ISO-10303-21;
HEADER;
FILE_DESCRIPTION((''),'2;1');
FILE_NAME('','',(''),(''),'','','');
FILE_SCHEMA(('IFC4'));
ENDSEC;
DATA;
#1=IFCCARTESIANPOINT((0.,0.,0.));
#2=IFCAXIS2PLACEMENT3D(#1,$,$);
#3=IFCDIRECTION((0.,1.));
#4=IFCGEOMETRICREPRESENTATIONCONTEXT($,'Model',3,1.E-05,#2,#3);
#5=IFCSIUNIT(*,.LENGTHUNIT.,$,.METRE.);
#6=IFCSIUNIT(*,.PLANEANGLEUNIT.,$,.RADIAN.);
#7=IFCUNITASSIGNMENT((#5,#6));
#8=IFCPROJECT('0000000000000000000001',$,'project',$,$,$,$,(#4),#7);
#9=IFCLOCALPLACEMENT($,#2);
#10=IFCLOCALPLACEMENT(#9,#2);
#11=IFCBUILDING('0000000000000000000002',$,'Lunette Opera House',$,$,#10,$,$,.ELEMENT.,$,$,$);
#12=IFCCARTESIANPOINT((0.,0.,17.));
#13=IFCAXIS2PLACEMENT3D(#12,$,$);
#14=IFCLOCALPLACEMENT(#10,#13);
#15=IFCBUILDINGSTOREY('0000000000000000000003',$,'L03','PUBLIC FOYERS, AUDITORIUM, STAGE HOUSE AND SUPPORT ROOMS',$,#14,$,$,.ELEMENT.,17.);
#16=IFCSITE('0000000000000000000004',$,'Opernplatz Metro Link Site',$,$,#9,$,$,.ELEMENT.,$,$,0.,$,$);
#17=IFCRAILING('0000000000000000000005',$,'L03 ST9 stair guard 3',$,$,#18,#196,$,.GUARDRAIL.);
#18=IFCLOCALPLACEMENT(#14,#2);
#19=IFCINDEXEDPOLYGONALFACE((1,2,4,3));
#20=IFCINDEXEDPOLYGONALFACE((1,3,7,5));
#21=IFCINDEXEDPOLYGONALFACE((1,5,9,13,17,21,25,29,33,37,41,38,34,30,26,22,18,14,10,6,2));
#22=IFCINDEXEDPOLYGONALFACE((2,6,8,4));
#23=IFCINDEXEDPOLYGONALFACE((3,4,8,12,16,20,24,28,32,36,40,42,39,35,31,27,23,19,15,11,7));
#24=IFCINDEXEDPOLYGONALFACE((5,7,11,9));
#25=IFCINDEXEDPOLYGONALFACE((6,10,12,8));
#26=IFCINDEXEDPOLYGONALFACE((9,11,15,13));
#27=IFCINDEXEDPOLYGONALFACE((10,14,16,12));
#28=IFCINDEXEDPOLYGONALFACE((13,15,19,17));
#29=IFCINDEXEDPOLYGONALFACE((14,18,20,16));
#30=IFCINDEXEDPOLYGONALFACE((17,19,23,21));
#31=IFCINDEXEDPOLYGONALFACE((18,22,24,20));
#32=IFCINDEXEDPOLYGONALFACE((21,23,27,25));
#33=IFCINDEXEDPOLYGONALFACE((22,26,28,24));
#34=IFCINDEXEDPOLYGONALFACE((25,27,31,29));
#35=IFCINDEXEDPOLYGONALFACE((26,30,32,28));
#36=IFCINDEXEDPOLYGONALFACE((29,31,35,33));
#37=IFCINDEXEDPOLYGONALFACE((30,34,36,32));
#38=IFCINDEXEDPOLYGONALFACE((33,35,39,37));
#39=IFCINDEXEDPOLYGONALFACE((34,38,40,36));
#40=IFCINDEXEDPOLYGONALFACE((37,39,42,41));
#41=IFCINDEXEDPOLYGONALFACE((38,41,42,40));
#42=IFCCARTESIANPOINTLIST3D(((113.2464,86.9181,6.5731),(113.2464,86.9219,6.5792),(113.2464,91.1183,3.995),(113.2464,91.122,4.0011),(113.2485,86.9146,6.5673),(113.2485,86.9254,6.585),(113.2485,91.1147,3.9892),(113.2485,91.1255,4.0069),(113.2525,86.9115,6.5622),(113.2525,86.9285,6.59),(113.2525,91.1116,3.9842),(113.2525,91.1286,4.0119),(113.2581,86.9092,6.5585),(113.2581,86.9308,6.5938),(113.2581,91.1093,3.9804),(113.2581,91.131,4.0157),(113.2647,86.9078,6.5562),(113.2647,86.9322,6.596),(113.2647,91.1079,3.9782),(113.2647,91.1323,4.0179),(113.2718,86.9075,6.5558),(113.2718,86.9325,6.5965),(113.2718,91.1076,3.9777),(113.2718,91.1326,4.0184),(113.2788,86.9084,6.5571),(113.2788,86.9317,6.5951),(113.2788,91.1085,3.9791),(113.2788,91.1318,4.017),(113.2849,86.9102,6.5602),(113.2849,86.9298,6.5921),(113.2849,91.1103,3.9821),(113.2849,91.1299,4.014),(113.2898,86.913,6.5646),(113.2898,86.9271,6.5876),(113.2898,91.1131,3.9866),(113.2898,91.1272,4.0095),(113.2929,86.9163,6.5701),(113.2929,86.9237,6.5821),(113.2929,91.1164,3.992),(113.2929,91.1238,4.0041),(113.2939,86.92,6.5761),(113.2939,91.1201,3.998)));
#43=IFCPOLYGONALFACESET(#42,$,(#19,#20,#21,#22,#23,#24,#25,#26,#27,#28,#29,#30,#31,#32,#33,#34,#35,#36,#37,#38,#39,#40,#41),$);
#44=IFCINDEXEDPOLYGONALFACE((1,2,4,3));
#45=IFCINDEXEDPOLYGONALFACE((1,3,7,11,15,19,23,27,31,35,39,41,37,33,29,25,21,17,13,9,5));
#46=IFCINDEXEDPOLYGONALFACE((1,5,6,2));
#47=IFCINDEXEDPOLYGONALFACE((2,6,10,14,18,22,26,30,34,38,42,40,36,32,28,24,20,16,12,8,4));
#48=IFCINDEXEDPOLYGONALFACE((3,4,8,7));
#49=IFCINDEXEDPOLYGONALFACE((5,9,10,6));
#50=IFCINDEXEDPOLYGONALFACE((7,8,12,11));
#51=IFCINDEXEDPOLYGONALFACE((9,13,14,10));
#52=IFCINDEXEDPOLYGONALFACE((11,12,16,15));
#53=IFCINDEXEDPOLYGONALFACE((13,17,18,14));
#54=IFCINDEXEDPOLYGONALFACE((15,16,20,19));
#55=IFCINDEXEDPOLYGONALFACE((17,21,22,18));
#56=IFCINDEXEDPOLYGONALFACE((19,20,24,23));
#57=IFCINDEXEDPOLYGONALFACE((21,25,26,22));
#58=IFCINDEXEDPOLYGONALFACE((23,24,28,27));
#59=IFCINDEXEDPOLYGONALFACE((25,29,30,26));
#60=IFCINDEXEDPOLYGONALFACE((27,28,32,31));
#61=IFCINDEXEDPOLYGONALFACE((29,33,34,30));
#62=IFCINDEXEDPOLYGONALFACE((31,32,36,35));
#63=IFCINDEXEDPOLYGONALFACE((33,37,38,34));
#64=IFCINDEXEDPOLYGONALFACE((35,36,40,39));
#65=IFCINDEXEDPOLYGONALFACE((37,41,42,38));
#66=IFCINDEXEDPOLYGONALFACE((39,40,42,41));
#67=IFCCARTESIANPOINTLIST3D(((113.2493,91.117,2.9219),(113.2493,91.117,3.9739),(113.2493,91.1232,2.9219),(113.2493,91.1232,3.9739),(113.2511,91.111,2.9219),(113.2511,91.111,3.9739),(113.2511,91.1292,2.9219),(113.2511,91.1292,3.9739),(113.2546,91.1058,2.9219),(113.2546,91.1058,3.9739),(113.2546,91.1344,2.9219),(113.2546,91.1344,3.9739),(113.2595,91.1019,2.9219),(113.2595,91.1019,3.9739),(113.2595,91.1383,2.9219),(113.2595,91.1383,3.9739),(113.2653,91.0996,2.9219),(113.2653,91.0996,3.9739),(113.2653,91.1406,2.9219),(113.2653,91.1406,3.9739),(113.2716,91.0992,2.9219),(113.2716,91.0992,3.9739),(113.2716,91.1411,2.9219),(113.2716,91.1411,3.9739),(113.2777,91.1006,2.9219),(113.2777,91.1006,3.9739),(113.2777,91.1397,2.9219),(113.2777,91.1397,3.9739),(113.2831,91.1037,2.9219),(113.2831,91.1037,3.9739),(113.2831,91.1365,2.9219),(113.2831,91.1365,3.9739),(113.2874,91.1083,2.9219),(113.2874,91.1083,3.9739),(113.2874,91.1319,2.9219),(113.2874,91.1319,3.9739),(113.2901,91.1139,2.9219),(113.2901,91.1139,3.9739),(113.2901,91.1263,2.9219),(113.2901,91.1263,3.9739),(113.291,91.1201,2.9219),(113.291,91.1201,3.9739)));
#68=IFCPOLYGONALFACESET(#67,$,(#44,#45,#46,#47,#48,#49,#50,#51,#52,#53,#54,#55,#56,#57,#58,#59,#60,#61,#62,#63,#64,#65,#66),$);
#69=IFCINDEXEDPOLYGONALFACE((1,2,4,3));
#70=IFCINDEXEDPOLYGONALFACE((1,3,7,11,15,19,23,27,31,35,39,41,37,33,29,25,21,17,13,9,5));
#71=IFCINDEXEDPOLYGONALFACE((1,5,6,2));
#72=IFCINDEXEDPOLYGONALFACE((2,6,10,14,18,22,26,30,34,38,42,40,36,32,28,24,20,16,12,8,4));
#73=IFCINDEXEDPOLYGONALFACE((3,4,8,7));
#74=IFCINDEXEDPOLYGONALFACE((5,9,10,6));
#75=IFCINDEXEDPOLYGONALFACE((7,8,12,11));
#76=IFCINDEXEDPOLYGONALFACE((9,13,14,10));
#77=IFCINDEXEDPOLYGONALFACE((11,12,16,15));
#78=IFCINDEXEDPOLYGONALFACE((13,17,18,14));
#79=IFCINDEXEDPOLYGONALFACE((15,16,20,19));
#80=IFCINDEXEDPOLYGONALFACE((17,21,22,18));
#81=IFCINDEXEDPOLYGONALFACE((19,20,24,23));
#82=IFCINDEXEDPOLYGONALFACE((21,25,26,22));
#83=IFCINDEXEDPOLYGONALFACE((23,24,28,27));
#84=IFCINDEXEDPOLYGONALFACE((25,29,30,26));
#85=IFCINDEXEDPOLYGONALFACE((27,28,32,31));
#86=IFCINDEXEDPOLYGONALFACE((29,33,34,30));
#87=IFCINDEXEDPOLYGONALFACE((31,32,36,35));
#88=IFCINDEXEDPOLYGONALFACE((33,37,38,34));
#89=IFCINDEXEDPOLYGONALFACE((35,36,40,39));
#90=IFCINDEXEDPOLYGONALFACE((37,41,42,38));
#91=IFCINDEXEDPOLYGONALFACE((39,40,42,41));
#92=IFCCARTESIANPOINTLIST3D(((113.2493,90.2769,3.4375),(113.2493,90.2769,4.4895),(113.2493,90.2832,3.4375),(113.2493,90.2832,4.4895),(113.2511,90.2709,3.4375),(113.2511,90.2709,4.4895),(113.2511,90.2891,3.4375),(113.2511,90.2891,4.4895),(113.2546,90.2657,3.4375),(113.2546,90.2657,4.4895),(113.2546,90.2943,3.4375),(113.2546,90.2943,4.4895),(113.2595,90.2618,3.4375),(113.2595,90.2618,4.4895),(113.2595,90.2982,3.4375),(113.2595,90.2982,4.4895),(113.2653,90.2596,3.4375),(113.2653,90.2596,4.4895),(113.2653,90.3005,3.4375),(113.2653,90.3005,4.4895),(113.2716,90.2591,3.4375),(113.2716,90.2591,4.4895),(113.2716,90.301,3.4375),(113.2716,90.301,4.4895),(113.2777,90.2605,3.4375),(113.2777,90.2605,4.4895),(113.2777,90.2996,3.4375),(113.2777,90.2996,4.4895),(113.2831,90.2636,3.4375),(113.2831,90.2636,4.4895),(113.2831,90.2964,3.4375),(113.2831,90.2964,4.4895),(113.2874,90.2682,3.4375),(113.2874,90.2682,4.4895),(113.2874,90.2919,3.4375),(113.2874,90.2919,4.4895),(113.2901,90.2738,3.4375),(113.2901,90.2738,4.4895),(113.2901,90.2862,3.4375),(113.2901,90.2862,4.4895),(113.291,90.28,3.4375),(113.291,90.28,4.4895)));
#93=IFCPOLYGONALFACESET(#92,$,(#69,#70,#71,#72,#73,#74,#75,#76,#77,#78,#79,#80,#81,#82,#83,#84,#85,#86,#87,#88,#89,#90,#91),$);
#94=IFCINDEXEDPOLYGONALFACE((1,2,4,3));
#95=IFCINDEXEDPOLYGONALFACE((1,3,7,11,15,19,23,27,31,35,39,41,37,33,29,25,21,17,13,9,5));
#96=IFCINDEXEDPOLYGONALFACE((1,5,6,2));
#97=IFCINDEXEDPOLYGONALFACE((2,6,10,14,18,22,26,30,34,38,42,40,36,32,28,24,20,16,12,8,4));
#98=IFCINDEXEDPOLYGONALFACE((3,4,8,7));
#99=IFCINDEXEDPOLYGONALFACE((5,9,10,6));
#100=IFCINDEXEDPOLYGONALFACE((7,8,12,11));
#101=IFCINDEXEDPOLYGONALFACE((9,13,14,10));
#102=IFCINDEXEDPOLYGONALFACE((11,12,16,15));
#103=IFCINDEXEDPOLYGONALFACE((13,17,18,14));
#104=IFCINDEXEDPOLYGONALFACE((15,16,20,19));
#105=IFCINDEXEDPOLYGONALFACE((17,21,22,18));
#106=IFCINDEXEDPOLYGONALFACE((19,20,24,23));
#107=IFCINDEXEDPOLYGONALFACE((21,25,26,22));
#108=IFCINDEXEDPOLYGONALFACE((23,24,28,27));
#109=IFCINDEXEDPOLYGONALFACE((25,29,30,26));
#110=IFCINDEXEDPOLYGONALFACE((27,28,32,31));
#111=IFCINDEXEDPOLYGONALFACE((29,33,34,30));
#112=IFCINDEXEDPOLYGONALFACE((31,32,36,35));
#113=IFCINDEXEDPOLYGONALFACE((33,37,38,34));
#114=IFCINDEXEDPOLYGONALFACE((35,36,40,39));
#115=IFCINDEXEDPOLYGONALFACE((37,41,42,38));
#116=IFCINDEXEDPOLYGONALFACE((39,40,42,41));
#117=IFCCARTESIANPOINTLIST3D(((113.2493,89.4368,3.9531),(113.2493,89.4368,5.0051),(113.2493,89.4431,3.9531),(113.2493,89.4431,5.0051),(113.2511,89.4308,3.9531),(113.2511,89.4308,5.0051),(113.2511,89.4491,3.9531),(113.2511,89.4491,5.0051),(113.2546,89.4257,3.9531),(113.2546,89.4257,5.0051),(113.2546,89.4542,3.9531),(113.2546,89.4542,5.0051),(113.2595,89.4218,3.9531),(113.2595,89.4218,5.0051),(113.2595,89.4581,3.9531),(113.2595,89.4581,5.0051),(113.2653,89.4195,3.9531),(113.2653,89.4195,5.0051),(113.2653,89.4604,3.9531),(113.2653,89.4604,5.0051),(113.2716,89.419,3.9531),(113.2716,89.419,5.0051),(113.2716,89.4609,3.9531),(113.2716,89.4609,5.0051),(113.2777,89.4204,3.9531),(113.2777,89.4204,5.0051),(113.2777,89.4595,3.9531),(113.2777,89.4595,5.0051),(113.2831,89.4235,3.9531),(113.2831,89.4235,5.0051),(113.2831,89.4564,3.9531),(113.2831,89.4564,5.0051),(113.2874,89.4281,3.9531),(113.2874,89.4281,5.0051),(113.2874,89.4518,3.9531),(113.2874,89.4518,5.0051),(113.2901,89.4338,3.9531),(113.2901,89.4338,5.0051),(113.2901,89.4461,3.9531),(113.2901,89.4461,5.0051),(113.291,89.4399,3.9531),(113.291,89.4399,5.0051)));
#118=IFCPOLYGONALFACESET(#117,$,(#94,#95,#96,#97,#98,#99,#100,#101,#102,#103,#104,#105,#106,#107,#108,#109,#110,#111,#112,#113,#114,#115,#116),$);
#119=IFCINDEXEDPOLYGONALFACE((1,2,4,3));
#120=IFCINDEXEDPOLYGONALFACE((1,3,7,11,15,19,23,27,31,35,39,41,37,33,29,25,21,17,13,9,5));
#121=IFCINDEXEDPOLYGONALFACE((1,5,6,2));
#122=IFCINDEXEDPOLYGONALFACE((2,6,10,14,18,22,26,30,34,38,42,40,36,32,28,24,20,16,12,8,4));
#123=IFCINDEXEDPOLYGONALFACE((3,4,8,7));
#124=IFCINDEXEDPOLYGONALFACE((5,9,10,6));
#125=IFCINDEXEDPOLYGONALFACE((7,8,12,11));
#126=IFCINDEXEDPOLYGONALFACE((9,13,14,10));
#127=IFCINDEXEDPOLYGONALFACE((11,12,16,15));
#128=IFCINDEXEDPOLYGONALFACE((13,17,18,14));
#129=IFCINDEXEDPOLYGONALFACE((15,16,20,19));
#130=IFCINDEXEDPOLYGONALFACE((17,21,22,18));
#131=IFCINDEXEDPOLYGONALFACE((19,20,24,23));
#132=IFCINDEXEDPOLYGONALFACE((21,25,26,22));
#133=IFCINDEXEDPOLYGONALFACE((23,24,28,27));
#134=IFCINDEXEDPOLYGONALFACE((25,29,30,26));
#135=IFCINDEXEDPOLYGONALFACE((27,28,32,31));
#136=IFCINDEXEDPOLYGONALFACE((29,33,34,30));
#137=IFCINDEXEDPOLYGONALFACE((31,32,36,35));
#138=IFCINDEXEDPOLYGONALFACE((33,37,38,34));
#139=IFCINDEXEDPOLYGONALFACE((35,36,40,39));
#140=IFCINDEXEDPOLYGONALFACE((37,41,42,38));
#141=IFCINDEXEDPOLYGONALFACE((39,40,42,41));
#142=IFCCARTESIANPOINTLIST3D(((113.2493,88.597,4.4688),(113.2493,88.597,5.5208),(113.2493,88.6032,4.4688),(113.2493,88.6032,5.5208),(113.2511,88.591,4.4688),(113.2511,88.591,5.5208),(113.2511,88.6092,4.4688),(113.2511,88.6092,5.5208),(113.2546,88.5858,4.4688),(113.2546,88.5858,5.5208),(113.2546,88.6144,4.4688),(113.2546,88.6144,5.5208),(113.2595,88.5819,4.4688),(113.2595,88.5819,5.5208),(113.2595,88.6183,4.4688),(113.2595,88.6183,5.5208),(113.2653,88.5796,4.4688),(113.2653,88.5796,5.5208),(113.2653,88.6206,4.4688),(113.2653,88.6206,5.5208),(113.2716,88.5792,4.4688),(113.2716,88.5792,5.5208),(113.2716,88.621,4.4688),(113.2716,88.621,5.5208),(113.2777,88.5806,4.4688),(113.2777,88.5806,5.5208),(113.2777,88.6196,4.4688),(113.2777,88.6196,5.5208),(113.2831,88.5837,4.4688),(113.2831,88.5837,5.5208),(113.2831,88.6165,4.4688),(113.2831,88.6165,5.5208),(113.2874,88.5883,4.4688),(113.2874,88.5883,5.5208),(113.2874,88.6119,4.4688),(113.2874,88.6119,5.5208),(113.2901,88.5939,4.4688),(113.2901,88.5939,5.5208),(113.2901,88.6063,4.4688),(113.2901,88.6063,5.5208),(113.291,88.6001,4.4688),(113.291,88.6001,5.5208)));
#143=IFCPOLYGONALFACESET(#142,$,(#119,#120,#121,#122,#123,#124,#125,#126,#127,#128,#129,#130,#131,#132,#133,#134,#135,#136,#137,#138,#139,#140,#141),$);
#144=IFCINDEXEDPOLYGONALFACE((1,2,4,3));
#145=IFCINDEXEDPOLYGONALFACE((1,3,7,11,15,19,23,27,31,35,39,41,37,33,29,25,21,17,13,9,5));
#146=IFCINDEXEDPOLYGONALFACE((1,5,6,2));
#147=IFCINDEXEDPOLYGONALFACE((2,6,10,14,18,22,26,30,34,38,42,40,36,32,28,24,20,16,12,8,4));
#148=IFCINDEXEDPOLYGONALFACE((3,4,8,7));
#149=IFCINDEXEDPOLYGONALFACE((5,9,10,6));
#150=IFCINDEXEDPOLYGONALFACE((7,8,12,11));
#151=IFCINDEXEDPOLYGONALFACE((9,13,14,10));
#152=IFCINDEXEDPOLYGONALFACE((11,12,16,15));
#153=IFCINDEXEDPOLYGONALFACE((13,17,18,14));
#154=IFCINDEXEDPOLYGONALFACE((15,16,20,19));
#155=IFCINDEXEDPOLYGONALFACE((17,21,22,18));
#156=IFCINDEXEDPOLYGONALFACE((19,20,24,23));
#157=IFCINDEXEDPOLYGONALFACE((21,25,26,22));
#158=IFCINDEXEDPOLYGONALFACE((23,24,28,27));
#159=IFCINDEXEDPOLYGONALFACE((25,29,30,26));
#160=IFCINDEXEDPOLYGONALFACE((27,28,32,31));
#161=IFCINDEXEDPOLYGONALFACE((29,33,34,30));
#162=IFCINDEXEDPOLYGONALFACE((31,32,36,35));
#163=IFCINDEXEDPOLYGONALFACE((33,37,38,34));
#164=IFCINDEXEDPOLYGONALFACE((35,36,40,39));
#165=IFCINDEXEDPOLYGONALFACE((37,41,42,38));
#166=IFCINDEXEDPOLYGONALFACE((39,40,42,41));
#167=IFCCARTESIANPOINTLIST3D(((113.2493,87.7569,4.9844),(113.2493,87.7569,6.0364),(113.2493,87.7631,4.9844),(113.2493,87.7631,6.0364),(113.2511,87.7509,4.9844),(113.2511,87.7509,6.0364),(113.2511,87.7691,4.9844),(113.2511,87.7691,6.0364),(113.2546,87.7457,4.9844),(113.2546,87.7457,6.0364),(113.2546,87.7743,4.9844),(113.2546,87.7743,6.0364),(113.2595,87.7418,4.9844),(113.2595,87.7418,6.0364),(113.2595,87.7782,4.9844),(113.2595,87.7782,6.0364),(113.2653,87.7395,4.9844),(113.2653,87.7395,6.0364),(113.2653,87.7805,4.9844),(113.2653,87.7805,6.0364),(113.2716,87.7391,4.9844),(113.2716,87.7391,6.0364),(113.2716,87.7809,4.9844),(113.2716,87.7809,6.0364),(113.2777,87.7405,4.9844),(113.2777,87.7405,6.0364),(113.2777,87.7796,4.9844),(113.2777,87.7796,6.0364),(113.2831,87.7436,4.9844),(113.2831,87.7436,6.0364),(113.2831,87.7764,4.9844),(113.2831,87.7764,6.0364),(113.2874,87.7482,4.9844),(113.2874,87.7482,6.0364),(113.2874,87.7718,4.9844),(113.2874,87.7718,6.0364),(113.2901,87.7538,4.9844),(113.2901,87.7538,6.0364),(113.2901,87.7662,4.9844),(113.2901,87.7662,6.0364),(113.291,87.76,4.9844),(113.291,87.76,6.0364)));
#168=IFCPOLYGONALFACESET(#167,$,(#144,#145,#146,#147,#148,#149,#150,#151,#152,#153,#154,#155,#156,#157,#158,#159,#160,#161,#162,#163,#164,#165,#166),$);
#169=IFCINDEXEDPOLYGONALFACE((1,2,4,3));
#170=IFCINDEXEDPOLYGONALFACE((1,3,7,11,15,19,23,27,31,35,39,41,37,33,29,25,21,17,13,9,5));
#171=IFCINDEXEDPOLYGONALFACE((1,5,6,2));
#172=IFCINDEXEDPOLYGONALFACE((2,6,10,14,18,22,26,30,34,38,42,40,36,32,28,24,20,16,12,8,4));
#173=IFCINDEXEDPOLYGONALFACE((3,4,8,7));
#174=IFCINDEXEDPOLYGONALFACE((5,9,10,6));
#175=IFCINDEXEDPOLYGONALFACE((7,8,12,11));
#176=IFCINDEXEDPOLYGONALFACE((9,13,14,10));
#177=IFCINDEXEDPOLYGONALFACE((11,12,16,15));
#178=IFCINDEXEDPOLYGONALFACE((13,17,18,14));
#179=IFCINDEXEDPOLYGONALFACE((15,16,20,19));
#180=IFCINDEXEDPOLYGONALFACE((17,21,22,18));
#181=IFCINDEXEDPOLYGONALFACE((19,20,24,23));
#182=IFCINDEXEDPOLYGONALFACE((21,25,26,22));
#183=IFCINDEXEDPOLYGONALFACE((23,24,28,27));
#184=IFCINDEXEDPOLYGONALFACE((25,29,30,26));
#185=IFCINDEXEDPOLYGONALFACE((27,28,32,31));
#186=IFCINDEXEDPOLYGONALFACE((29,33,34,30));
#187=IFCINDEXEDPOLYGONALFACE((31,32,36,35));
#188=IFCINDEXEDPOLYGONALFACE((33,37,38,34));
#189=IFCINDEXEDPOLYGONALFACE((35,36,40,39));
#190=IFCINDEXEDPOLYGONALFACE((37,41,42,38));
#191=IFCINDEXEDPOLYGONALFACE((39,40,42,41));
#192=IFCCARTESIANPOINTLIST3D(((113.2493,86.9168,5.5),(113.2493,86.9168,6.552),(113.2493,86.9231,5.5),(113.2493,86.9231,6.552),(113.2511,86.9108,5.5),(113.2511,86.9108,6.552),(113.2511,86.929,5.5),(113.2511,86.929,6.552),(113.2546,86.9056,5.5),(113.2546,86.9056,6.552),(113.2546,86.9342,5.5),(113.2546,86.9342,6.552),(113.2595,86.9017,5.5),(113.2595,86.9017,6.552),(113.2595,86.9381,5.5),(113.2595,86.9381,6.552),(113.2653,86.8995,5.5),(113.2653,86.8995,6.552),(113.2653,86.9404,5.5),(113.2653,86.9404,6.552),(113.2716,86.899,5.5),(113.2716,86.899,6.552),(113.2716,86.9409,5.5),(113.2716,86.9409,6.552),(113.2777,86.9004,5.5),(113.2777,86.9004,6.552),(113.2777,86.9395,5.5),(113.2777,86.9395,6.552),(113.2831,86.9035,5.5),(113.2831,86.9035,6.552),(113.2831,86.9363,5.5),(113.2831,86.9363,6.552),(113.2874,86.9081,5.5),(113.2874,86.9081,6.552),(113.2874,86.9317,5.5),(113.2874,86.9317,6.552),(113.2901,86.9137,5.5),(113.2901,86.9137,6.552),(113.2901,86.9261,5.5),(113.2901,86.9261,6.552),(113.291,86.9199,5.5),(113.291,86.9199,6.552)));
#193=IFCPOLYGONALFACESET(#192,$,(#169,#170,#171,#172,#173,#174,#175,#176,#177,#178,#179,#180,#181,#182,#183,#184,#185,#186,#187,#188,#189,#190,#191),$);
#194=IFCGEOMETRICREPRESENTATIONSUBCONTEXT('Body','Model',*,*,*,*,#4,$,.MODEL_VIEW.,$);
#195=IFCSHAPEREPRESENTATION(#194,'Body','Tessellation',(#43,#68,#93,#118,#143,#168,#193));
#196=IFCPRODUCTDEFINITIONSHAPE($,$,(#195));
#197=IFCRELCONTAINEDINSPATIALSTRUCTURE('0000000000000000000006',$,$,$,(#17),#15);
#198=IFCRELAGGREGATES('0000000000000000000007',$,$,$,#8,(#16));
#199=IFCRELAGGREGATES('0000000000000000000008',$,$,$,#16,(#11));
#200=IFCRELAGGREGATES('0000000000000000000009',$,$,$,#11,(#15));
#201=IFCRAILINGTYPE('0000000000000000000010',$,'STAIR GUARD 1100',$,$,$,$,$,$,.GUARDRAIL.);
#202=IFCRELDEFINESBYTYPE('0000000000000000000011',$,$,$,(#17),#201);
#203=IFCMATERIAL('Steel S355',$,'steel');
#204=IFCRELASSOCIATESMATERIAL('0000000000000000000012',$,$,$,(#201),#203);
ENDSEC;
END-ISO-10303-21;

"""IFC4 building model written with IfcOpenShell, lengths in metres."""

from ifc_helpers import new_model, si_unit, direction, frame, origin, origin_2d, place, context, subcontext, project, spatial, circle, extrude, material, type_object, element, save


model = new_model("IFC4")

# Units and contexts
model_context = context("Model", 3, precision=1e-05, world=origin(), true_north=direction((0.0, 1.0)))
body_context = subcontext(model_context, "Body", "Model", "MODEL_VIEW")
ifc_project = project(units=[si_unit("LENGTHUNIT", "METRE"), si_unit("PLANEANGLEUNIT", "RADIAN")], contexts=[model_context])

# Site, building, storey
site_placement = place(None, origin())
site = spatial("IfcSite", under=ifc_project, at=site_placement, Name="Opernplatz Metro Link Site", CompositionType="ELEMENT", RefElevation=0.0)
building_placement = place(site_placement, origin())
building = spatial("IfcBuilding", under=site, at=building_placement, Name="Lunette Opera House", CompositionType="ELEMENT")
storey_placement = place(building_placement, frame((0.0, 0.0, 17.0)))
storey = spatial("IfcBuildingStorey", under=building, at=storey_placement, Name="L03", Description="PUBLIC FOYERS, AUDITORIUM, STAGE HOUSE AND SUPPORT ROOMS", CompositionType="ELEMENT", Elevation=17.0)

# Railing
ifc_material_1 = material(Name="Steel S355", Category="steel")
railing_type_1 = type_object("IfcRailingType", Name="STAIR GUARD 1100", PredefinedType="GUARDRAIL", material=ifc_material_1)
railing_1_placement = place(storey_placement, frame((113.27, 91.1201, 2.9219)))
element("IfcRailing", 1, at=railing_1_placement, inside=storey, type_object=railing_type_1, Name="L03 ST9 stair guard 3", PredefinedType="GUARDRAIL", context=body_context, shape_type="SweptSolid", body=[
    extrude(circle(Radius=0.0239, at=origin_2d()), frame((0.0, 0.0, 1.0762), z_axis=(0.0, -0.852256, 0.523124), x_axis=(1.0, 0.0, 0.0)), (0.0, 0.0, 1.0), 4.9282),
    extrude(circle(Radius=0.021, at=origin_2d()), origin(), (0.0, 0.0, 1.0), 1.052),
    extrude(circle(Radius=0.021, at=origin_2d()), frame((0.0, -0.8401, 0.5156)), (0.0, 0.0, 1.0), 1.052),
    extrude(circle(Radius=0.021, at=origin_2d()), frame((0.0, -1.6802, 1.0312)), (0.0, 0.0, 1.0), 1.052),
    extrude(circle(Radius=0.021, at=origin_2d()), frame((0.0, -2.52, 1.5469)), (0.0, 0.0, 1.0), 1.052),
    extrude(circle(Radius=0.021, at=origin_2d()), frame((0.0, -3.3601, 2.0625)), (0.0, 0.0, 1.0), 1.052),
    extrude(circle(Radius=0.021, at=origin_2d()), frame((0.0, -4.2002, 2.5781)), (0.0, 0.0, 1.0), 1.052),
])

save(model, "model.ifc")
